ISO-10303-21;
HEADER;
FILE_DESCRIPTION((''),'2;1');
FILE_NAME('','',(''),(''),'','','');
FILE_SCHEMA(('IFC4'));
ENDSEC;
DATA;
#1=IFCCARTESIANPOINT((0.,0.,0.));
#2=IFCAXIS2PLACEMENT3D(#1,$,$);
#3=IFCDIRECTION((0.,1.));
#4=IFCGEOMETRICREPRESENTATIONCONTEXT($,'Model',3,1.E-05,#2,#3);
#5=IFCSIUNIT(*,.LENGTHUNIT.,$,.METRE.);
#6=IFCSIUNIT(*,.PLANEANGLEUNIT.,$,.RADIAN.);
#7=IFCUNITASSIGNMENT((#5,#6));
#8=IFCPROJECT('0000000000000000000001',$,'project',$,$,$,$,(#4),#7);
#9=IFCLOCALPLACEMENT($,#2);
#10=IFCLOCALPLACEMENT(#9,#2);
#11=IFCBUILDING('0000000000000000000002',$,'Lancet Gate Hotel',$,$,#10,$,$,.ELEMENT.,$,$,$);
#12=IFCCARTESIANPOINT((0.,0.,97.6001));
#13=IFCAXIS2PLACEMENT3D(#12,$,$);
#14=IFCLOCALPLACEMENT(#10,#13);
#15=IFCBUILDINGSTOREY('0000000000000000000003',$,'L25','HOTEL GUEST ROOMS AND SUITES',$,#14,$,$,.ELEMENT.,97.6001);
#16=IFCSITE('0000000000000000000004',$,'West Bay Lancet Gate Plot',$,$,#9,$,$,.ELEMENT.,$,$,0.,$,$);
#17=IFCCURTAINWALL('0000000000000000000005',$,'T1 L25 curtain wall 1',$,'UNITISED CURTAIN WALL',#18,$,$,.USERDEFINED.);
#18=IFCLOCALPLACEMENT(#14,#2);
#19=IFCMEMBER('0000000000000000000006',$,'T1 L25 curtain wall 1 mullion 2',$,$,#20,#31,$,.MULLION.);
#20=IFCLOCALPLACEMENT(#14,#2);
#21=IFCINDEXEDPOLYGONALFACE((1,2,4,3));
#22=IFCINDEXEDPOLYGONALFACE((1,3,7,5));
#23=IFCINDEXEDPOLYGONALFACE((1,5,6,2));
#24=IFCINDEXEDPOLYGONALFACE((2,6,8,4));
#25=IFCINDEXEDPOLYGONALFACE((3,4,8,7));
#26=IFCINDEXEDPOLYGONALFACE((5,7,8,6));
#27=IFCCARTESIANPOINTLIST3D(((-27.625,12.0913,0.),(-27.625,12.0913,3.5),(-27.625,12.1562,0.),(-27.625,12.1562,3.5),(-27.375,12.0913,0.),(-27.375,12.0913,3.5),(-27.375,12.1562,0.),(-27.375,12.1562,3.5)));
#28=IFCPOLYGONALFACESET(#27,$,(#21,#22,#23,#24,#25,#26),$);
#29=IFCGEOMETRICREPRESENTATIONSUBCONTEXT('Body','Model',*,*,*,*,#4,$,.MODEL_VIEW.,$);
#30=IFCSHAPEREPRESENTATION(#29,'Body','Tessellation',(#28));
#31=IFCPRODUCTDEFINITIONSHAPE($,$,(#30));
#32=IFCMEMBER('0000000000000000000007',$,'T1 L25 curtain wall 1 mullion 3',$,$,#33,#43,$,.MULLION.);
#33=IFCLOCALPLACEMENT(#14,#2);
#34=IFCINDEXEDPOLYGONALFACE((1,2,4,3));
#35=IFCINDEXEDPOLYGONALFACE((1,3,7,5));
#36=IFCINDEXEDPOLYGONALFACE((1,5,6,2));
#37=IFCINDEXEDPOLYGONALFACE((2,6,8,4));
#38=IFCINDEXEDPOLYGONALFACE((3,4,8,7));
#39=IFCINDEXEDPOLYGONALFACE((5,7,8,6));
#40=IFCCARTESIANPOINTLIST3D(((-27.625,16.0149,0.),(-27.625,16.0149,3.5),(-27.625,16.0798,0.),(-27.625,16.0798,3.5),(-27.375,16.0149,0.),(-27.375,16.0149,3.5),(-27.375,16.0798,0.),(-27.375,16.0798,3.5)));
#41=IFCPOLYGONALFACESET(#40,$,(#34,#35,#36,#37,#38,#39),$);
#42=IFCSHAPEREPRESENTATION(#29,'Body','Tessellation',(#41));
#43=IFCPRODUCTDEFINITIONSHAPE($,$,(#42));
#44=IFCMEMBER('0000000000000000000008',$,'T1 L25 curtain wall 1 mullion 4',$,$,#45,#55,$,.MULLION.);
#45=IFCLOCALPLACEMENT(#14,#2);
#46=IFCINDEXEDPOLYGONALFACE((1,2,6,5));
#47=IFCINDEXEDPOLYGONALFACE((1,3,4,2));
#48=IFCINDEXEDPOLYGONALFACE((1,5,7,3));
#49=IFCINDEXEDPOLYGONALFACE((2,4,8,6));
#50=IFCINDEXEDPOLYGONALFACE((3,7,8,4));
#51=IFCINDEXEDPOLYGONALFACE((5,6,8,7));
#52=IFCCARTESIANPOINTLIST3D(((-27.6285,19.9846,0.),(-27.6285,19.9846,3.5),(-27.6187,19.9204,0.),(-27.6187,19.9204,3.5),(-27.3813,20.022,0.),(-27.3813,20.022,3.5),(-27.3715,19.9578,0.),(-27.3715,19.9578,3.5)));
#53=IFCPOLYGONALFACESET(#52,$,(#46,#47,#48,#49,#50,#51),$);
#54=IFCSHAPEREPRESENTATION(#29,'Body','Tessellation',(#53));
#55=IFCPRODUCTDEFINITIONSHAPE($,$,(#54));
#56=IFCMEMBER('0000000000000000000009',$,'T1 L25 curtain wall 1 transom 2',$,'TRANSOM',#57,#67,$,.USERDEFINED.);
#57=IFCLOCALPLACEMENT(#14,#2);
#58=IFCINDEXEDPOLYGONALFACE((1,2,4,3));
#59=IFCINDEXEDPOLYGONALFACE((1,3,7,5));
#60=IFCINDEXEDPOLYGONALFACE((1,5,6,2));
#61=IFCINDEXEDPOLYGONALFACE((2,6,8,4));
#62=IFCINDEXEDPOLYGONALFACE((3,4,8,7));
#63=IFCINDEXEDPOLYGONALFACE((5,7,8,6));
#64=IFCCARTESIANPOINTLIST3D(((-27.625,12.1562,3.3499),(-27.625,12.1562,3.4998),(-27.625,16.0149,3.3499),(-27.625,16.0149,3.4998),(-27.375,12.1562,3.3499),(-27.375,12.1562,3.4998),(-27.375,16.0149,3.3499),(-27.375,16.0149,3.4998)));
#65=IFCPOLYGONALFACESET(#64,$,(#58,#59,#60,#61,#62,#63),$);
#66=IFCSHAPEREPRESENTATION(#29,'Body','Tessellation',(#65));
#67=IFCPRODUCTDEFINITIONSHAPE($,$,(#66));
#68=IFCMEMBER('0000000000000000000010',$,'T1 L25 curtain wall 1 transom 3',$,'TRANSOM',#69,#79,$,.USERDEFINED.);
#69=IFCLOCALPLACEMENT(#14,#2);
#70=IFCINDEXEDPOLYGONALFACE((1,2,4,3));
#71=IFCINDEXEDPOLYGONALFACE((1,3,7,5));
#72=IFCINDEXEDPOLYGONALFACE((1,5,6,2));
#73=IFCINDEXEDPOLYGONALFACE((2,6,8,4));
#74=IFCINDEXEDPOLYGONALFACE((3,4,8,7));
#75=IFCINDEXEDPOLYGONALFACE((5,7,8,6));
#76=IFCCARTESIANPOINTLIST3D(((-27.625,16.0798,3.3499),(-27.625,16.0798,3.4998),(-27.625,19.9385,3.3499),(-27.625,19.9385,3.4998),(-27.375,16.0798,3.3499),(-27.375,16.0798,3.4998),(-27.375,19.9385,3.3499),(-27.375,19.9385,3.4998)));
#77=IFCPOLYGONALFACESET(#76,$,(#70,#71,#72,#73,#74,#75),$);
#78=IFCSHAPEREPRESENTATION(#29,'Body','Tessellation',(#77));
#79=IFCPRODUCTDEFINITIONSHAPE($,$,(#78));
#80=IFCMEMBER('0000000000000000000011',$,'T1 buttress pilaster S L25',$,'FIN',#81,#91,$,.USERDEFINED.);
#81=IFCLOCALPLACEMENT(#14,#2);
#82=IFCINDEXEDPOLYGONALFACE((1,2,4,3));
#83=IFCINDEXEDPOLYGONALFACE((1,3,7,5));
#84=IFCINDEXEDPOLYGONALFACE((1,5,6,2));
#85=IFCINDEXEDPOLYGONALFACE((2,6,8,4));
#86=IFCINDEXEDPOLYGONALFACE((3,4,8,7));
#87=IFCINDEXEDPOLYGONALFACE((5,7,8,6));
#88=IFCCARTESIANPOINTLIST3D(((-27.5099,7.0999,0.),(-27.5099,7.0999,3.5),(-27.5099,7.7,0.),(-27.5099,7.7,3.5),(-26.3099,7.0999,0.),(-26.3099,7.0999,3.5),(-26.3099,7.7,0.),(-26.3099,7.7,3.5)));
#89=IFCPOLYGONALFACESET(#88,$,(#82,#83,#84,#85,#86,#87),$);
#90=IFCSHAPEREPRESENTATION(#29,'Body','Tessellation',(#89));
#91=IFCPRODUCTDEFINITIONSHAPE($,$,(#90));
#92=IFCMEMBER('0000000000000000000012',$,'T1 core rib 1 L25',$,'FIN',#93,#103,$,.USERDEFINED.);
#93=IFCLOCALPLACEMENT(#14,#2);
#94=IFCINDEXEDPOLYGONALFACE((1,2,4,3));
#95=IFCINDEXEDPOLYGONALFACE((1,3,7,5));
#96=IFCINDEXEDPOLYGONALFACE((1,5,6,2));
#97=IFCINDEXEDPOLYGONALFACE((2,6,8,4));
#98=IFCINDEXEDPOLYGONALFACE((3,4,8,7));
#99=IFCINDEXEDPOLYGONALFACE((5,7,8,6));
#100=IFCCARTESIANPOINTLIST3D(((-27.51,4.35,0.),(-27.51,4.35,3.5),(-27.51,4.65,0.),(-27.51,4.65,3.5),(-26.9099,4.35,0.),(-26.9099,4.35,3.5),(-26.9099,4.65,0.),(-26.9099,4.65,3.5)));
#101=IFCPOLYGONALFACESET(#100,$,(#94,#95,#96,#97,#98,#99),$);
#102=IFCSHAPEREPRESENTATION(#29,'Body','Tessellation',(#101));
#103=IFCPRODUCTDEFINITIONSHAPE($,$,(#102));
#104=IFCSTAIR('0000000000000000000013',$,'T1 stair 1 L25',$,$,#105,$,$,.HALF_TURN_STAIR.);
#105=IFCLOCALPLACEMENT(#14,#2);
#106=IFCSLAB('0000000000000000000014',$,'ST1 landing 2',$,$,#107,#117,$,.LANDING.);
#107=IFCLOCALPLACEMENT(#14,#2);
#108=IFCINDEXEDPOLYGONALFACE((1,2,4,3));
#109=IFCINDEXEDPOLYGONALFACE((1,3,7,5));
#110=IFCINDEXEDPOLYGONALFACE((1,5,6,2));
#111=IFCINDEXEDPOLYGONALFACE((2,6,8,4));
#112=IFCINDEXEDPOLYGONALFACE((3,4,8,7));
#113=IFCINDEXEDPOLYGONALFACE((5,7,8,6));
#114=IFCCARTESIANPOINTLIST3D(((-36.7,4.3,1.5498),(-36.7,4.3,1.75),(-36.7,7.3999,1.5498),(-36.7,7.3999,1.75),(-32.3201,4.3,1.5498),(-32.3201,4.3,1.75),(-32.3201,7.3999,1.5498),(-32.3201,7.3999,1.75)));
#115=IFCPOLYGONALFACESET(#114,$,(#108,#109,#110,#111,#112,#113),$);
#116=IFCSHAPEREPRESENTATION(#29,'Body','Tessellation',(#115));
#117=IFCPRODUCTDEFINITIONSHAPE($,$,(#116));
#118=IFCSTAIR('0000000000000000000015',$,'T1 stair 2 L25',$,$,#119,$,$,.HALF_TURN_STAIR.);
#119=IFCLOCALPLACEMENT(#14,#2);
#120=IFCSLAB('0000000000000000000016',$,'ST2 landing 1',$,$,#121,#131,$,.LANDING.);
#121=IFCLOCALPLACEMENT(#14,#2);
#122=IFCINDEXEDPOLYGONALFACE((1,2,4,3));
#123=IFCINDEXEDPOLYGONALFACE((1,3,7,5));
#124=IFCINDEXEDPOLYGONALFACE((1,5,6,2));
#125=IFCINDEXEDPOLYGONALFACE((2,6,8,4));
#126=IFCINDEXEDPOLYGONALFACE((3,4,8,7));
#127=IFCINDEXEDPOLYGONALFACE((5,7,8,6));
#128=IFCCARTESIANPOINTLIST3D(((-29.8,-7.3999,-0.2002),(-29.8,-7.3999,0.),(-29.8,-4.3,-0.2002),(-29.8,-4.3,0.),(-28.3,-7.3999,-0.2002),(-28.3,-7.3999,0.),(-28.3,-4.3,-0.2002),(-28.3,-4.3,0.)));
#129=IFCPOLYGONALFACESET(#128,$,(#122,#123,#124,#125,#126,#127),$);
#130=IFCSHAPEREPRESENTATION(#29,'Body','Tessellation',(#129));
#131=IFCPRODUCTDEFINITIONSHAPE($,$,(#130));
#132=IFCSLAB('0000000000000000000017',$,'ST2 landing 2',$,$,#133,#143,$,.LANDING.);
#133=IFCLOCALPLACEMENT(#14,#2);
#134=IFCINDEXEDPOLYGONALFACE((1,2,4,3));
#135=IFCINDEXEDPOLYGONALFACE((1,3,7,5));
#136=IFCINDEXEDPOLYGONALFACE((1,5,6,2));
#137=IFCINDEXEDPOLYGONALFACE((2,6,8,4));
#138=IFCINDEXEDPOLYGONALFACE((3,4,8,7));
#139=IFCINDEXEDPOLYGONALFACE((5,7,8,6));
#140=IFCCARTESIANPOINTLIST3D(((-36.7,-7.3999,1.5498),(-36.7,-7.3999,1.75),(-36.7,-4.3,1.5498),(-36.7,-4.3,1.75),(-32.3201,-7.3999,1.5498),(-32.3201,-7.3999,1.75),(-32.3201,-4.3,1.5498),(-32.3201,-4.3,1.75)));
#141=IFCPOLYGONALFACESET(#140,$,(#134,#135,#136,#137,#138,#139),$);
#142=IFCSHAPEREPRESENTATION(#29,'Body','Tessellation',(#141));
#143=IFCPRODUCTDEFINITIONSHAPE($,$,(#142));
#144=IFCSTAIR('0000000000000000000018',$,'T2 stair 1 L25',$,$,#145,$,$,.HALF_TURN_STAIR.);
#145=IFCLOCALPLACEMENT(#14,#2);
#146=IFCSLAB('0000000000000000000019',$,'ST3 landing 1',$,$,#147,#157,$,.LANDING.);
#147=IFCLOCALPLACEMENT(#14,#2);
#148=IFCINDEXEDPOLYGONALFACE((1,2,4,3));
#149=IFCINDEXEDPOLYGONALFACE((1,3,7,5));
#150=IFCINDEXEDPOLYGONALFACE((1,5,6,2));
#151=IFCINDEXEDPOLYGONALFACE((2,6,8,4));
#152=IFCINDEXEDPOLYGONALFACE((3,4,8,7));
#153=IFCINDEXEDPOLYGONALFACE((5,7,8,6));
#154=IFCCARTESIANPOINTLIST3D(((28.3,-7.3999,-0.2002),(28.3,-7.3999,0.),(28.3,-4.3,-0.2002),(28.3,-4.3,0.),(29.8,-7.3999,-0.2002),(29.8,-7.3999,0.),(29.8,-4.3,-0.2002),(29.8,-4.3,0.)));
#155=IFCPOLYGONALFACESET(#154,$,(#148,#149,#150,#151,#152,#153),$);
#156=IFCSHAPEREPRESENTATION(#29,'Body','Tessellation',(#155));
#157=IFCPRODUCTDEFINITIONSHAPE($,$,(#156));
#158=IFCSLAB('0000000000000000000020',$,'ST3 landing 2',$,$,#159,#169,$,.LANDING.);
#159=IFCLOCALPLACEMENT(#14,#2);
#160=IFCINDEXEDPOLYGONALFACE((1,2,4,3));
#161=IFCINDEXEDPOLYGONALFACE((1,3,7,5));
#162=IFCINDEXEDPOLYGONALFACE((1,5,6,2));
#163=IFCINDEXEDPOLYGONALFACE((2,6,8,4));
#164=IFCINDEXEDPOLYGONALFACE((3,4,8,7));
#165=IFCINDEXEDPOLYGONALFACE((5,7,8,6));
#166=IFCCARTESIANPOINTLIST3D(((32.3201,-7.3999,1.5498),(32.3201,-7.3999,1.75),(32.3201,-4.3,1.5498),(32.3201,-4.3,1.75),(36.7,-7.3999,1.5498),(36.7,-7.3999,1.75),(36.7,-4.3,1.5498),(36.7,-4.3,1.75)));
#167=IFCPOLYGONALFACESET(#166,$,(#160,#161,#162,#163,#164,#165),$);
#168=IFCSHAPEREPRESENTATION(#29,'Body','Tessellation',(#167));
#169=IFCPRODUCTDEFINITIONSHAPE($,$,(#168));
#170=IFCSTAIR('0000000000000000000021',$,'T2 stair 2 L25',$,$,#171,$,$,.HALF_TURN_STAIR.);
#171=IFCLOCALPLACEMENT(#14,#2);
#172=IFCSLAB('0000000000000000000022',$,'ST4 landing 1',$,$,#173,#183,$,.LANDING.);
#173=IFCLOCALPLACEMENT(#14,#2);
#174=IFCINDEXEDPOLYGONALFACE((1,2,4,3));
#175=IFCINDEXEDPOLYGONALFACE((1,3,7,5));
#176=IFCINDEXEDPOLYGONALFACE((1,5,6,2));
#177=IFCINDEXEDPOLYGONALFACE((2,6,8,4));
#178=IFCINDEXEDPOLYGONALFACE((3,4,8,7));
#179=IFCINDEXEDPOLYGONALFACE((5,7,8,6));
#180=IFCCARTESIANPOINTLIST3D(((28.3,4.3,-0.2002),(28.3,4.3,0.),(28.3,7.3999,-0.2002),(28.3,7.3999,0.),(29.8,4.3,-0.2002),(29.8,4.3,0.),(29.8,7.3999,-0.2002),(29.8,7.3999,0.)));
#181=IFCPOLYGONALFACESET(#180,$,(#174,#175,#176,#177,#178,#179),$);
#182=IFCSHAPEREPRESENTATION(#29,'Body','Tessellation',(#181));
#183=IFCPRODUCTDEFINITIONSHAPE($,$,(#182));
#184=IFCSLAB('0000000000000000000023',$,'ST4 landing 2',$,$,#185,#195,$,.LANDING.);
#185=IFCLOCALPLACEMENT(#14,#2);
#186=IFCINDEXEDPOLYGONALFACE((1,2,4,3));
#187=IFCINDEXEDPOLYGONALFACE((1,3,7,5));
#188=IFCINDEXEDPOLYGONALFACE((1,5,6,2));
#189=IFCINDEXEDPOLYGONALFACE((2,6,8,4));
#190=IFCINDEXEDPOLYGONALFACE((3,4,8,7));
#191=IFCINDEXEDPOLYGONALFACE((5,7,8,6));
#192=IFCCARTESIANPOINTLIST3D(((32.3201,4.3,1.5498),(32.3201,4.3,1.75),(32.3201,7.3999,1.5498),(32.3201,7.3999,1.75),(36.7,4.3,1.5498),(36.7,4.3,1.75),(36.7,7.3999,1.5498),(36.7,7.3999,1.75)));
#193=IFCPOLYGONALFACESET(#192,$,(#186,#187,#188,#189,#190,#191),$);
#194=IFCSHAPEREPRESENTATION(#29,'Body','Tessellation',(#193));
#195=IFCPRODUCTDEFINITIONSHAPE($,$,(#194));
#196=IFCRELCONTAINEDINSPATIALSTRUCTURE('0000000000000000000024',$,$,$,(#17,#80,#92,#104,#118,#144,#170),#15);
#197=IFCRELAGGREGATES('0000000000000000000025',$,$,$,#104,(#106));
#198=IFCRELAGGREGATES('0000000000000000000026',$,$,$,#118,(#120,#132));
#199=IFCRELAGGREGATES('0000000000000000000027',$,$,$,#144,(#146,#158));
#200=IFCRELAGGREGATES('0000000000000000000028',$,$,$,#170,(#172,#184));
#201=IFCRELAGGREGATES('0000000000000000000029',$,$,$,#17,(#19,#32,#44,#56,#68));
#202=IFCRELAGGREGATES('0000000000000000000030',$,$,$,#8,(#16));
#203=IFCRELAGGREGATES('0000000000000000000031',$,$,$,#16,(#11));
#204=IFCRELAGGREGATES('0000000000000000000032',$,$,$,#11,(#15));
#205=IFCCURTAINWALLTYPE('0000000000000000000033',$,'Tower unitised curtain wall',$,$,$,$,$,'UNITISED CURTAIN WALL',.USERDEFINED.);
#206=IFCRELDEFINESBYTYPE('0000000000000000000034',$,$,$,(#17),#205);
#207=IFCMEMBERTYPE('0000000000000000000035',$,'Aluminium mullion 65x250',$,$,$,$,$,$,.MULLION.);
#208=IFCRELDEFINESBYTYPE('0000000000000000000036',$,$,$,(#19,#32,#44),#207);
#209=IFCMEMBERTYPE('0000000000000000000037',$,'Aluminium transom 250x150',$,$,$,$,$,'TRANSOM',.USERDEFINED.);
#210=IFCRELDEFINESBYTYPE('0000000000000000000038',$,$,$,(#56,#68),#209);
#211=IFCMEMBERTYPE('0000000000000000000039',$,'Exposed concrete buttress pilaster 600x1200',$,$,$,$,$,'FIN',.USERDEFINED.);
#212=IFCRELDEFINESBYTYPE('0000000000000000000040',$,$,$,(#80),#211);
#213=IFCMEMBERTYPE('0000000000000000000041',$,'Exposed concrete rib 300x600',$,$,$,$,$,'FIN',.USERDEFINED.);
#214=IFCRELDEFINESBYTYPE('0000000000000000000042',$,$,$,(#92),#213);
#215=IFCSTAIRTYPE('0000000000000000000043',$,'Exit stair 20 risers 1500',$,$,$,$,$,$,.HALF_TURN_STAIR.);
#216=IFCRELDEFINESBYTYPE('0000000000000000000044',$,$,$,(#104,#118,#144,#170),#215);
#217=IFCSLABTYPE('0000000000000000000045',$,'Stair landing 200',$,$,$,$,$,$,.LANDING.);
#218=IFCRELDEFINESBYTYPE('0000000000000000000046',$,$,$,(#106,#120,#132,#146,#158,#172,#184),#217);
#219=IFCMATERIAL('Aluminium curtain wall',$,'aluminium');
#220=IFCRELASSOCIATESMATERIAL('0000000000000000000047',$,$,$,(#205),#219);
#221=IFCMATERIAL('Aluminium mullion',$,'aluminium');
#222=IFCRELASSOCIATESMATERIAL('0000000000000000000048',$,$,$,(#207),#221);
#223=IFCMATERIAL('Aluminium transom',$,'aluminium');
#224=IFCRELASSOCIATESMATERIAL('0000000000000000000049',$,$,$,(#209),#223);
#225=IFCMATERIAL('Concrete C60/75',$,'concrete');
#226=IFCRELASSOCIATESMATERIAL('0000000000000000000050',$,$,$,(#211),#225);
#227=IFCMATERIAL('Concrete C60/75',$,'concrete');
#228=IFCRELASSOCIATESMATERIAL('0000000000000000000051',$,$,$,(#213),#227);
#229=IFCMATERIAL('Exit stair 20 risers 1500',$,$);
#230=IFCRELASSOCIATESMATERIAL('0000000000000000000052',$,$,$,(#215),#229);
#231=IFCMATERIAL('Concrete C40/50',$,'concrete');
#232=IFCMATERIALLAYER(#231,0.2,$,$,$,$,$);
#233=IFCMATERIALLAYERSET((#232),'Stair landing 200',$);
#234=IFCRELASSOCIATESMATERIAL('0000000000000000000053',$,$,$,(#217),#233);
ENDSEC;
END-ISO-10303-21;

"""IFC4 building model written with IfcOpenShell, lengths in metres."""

from ifc_helpers import new_model, si_unit, direction, frame, origin, origin_2d, place, context, subcontext, project, spatial, polyline, rectangle, outline, extrude, material, layer, layer_set, material_profile, profile_set, type_object, element, aggregate, save


model = new_model("IFC4")

# Units and contexts
model_context = context("Model", 3, precision=1e-05, world=origin(), true_north=direction((0.0, 1.0)))
body_context = subcontext(model_context, "Body", "Model", "MODEL_VIEW")
ifc_project = project(units=[si_unit("LENGTHUNIT", "METRE"), si_unit("PLANEANGLEUNIT", "RADIAN")], contexts=[model_context])

# Site, building, storey
site_placement = place(None, origin())
site = spatial("IfcSite", under=ifc_project, at=site_placement, Name="West Bay Lancet Gate Plot", CompositionType="ELEMENT", RefElevation=0.0)
building_placement = place(site_placement, origin())
building = spatial("IfcBuilding", under=site, at=building_placement, Name="Lancet Gate Hotel", CompositionType="ELEMENT")
storey_placement = place(building_placement, frame((0.0, 0.0, 97.6001)))
storey = spatial("IfcBuildingStorey", under=building, at=storey_placement, Name="L25", Description="HOTEL GUEST ROOMS AND SUITES", CompositionType="ELEMENT", Elevation=97.6001)

# Curtain wall, members
ifc_material_1 = material(Name="Aluminium curtain wall", Category="aluminium")
curtain_wall_type = type_object("IfcCurtainWallType", Name="Tower unitised curtain wall", ElementType="UNITISED CURTAIN WALL", PredefinedType="USERDEFINED", material=ifc_material_1)
curtain_wall_placement = place(storey_placement, origin())
curtain_wall = element("IfcCurtainWall", 1, at=curtain_wall_placement, inside=storey, type_object=curtain_wall_type, Name="T1 L25 curtain wall 1", ObjectType="UNITISED CURTAIN WALL", PredefinedType="USERDEFINED")
ifc_material_2 = material(Name="Aluminium mullion", Category="aluminium")
ifc_material_profile_1 = material_profile(ifc_material_2, rectangle(XDim=0.0649, YDim=0.25, at=origin_2d()), Name="MULLION 65x250")
ifc_profile_set_1 = profile_set([ifc_material_profile_1], Name="Aluminium mullion")
member_type_1 = type_object("IfcMemberType", Name="Aluminium mullion 65x250", PredefinedType="MULLION", material=ifc_profile_set_1)
member_1_placement = place(storey_placement, frame((-27.5, 12.1238, 0.0), z_axis=(0.0, 0.0, 1.0), x_axis=(0.0, 1.0, 0.0)))
member_1 = element("IfcMember", 2, at=member_1_placement, type_object=member_type_1, Name="T1 L25 curtain wall 1 mullion 2", PredefinedType="MULLION", context=body_context, shape_type="SweptSolid", body=[
    extrude(rectangle(XDim=0.0649, YDim=0.25, at=origin_2d()), origin(), (0.0, 0.0, 1.0), 3.5),
])
member_2_placement = place(storey_placement, frame((-27.5, 16.0474, 0.0), z_axis=(0.0, 0.0, 1.0), x_axis=(0.0, 1.0, 0.0)))
member_2 = element("IfcMember", 3, at=member_2_placement, type_object=member_type_1, Name="T1 L25 curtain wall 1 mullion 3", PredefinedType="MULLION", context=body_context, shape_type="SweptSolid", body=[
    extrude(rectangle(XDim=0.0649, YDim=0.25, at=origin_2d()), origin(), (0.0, 0.0, 1.0), 3.5),
])
member_3_placement = place(storey_placement, frame((-27.5, 19.9712, 0.0), z_axis=(0.0, 0.0, 1.0), x_axis=(-0.149634, 0.988741, 0.0)))
member_3 = element("IfcMember", 4, at=member_3_placement, type_object=member_type_1, Name="T1 L25 curtain wall 1 mullion 4", PredefinedType="MULLION", context=body_context, shape_type="SweptSolid", body=[
    extrude(rectangle(XDim=0.0649, YDim=0.25, at=origin_2d()), origin(), (0.0, 0.0, 1.0), 3.5),
])
ifc_material_3 = material(Name="Aluminium transom", Category="aluminium")
ifc_material_profile_2 = material_profile(ifc_material_3, rectangle(XDim=0.25, YDim=0.1499, at=origin_2d()), Name="TRANSOM 250x150")
ifc_profile_set_2 = profile_set([ifc_material_profile_2], Name="Aluminium transom")
member_type_2 = type_object("IfcMemberType", Name="Aluminium transom 250x150", ElementType="TRANSOM", PredefinedType="USERDEFINED", material=ifc_profile_set_2)
member_4_placement = place(storey_placement, frame((-27.5, 12.1562, 3.4248), z_axis=(0.0, 1.0, 0.0), x_axis=(-1.0, 0.0, 0.0)))
member_4 = element("IfcMember", 5, at=member_4_placement, type_object=member_type_2, Name="T1 L25 curtain wall 1 transom 2", ObjectType="TRANSOM", PredefinedType="USERDEFINED", context=body_context, shape_type="SweptSolid", body=[
    extrude(rectangle(XDim=0.25, YDim=0.1499, at=origin_2d()), origin(), (0.0, 0.0, 1.0), 3.8586),
])
member_5_placement = place(storey_placement, frame((-27.5, 16.0798, 3.4248), z_axis=(0.0, 1.0, 0.0), x_axis=(-1.0, 0.0, 0.0)))
member_5 = element("IfcMember", 6, at=member_5_placement, type_object=member_type_2, Name="T1 L25 curtain wall 1 transom 3", ObjectType="TRANSOM", PredefinedType="USERDEFINED", context=body_context, shape_type="SweptSolid", body=[
    extrude(rectangle(XDim=0.25, YDim=0.1499, at=origin_2d()), origin(), (0.0, 0.0, 1.0), 3.8586),
])

# Members
ifc_material_4 = material(Name="Concrete C60/75", Category="concrete")
ifc_material_profile_3 = material_profile(ifc_material_4, rectangle(XDim=0.6001, YDim=1.2, at=origin_2d()), Name="FIN 600x1200")
ifc_profile_set_3 = profile_set([ifc_material_profile_3], Name="Concrete C60/75")
member_type_3 = type_object("IfcMemberType", Name="Exposed concrete buttress pilaster 600x1200", ElementType="FIN", PredefinedType="USERDEFINED", material=ifc_profile_set_3)
member_6_placement = place(storey_placement, frame((-26.9099, 7.3999, 0.0), z_axis=(0.0, 0.0, 1.0), x_axis=(0.0, 1.0, 0.0)))
element("IfcMember", 7, at=member_6_placement, inside=storey, type_object=member_type_3, Name="T1 buttress pilaster S L25", ObjectType="FIN", PredefinedType="USERDEFINED", context=body_context, shape_type="SweptSolid", body=[
    extrude(rectangle(XDim=0.6001, YDim=1.2, at=origin_2d()), origin(), (0.0, 0.0, 1.0), 3.5),
])
ifc_material_5 = material(Name="Concrete C60/75", Category="concrete")
ifc_material_profile_4 = material_profile(ifc_material_5, rectangle(XDim=0.3, YDim=0.6001, at=origin_2d()), Name="FIN 300x600")
ifc_profile_set_4 = profile_set([ifc_material_profile_4], Name="Concrete C60/75")
member_type_4 = type_object("IfcMemberType", Name="Exposed concrete rib 300x600", ElementType="FIN", PredefinedType="USERDEFINED", material=ifc_profile_set_4)
member_7_placement = place(storey_placement, frame((-27.21, 4.5, 0.0), z_axis=(0.0, 0.0, 1.0), x_axis=(0.0, 1.0, 0.0)))
element("IfcMember", 8, at=member_7_placement, inside=storey, type_object=member_type_4, Name="T1 core rib 1 L25", ObjectType="FIN", PredefinedType="USERDEFINED", context=body_context, shape_type="SweptSolid", body=[
    extrude(rectangle(XDim=0.3, YDim=0.6001, at=origin_2d()), origin(), (0.0, 0.0, 1.0), 3.5),
])

# Stair, slab
ifc_material_6 = material(Name="Exit stair 20 risers 1500")
stair_type = type_object("IfcStairType", Name="Exit stair 20 risers 1500", PredefinedType="HALF_TURN_STAIR", material=ifc_material_6)
stair_1_placement = place(storey_placement, origin())
stair_1 = element("IfcStair", 9, at=stair_1_placement, inside=storey, type_object=stair_type, Name="T1 stair 1 L25", PredefinedType="HALF_TURN_STAIR")
ifc_material_7 = material(Name="Concrete C40/50", Category="concrete")
ifc_layer_1 = layer(ifc_material_7, 0.2)
ifc_layer_set_1 = layer_set([ifc_layer_1], Name="Stair landing 200")
slab_type = type_object("IfcSlabType", Name="Stair landing 200", PredefinedType="LANDING", material=ifc_layer_set_1)
slab_1_placement = place(storey_placement, frame((0.0, 0.0, 1.5498)))
slab_1 = element("IfcSlab", 10, at=slab_1_placement, type_object=slab_type, Name="ST1 landing 2", PredefinedType="LANDING", context=body_context, shape_type="SweptSolid", body=[
    extrude(outline(polyline([(-32.3201, 7.3999), (-36.7, 7.3999), (-36.7, 4.3), (-32.3201, 4.3), (-32.3201, 7.3999)])), origin(), (0.0, 0.0, 1.0), 0.2002),
])
aggregate(stair_1, [slab_1])

# Stairs, slabs
stair_2_placement = place(storey_placement, origin())
stair_2 = element("IfcStair", 11, at=stair_2_placement, inside=storey, type_object=stair_type, Name="T1 stair 2 L25", PredefinedType="HALF_TURN_STAIR")
slab_2_placement = place(storey_placement, frame((0.0, 0.0, -0.2002)))
slab_2 = element("IfcSlab", 12, at=slab_2_placement, type_object=slab_type, Name="ST2 landing 1", PredefinedType="LANDING", context=body_context, shape_type="SweptSolid", body=[
    extrude(outline(polyline([(-28.3, -4.3), (-29.8, -4.3), (-29.8, -7.3999), (-28.3, -7.3999), (-28.3, -4.3)])), origin(), (0.0, 0.0, 1.0), 0.2002),
])
slab_3_placement = place(storey_placement, frame((0.0, 0.0, 1.5498)))
slab_3 = element("IfcSlab", 13, at=slab_3_placement, type_object=slab_type, Name="ST2 landing 2", PredefinedType="LANDING", context=body_context, shape_type="SweptSolid", body=[
    extrude(outline(polyline([(-32.3201, -4.3), (-36.7, -4.3), (-36.7, -7.3999), (-32.3201, -7.3999), (-32.3201, -4.3)])), origin(), (0.0, 0.0, 1.0), 0.2002),
])
aggregate(stair_2, [slab_2, slab_3])
stair_3_placement = place(storey_placement, origin())
stair_3 = element("IfcStair", 14, at=stair_3_placement, inside=storey, type_object=stair_type, Name="T2 stair 1 L25", PredefinedType="HALF_TURN_STAIR")
slab_4_placement = place(storey_placement, frame((0.0, 0.0, -0.2002)))
slab_4 = element("IfcSlab", 15, at=slab_4_placement, type_object=slab_type, Name="ST3 landing 1", PredefinedType="LANDING", context=body_context, shape_type="SweptSolid", body=[
    extrude(outline(polyline([(28.3, -7.3999), (29.8, -7.3999), (29.8, -4.3), (28.3, -4.3), (28.3, -7.3999)])), origin(), (0.0, 0.0, 1.0), 0.2002),
])
slab_5_placement = place(storey_placement, frame((0.0, 0.0, 1.5498)))
slab_5 = element("IfcSlab", 16, at=slab_5_placement, type_object=slab_type, Name="ST3 landing 2", PredefinedType="LANDING", context=body_context, shape_type="SweptSolid", body=[
    extrude(outline(polyline([(32.3201, -7.3999), (36.7, -7.3999), (36.7, -4.3), (32.3201, -4.3), (32.3201, -7.3999)])), origin(), (0.0, 0.0, 1.0), 0.2002),
])
aggregate(stair_3, [slab_4, slab_5])
stair_4_placement = place(storey_placement, origin())
stair_4 = element("IfcStair", 17, at=stair_4_placement, inside=storey, type_object=stair_type, Name="T2 stair 2 L25", PredefinedType="HALF_TURN_STAIR")
slab_6_placement = place(storey_placement, frame((0.0, 0.0, -0.2002)))
slab_6 = element("IfcSlab", 18, at=slab_6_placement, type_object=slab_type, Name="ST4 landing 1", PredefinedType="LANDING", context=body_context, shape_type="SweptSolid", body=[
    extrude(outline(polyline([(28.3, 4.3), (29.8, 4.3), (29.8, 7.3999), (28.3, 7.3999), (28.3, 4.3)])), origin(), (0.0, 0.0, 1.0), 0.2002),
])
slab_7_placement = place(storey_placement, frame((0.0, 0.0, 1.5498)))
slab_7 = element("IfcSlab", 19, at=slab_7_placement, type_object=slab_type, Name="ST4 landing 2", PredefinedType="LANDING", context=body_context, shape_type="SweptSolid", body=[
    extrude(outline(polyline([(32.3201, 4.3), (36.7, 4.3), (36.7, 7.3999), (32.3201, 7.3999), (32.3201, 4.3)])), origin(), (0.0, 0.0, 1.0), 0.2002),
])
aggregate(stair_4, [slab_6, slab_7])

aggregate(curtain_wall, [member_1, member_2, member_3, member_4, member_5])

save(model, "model.ifc")
